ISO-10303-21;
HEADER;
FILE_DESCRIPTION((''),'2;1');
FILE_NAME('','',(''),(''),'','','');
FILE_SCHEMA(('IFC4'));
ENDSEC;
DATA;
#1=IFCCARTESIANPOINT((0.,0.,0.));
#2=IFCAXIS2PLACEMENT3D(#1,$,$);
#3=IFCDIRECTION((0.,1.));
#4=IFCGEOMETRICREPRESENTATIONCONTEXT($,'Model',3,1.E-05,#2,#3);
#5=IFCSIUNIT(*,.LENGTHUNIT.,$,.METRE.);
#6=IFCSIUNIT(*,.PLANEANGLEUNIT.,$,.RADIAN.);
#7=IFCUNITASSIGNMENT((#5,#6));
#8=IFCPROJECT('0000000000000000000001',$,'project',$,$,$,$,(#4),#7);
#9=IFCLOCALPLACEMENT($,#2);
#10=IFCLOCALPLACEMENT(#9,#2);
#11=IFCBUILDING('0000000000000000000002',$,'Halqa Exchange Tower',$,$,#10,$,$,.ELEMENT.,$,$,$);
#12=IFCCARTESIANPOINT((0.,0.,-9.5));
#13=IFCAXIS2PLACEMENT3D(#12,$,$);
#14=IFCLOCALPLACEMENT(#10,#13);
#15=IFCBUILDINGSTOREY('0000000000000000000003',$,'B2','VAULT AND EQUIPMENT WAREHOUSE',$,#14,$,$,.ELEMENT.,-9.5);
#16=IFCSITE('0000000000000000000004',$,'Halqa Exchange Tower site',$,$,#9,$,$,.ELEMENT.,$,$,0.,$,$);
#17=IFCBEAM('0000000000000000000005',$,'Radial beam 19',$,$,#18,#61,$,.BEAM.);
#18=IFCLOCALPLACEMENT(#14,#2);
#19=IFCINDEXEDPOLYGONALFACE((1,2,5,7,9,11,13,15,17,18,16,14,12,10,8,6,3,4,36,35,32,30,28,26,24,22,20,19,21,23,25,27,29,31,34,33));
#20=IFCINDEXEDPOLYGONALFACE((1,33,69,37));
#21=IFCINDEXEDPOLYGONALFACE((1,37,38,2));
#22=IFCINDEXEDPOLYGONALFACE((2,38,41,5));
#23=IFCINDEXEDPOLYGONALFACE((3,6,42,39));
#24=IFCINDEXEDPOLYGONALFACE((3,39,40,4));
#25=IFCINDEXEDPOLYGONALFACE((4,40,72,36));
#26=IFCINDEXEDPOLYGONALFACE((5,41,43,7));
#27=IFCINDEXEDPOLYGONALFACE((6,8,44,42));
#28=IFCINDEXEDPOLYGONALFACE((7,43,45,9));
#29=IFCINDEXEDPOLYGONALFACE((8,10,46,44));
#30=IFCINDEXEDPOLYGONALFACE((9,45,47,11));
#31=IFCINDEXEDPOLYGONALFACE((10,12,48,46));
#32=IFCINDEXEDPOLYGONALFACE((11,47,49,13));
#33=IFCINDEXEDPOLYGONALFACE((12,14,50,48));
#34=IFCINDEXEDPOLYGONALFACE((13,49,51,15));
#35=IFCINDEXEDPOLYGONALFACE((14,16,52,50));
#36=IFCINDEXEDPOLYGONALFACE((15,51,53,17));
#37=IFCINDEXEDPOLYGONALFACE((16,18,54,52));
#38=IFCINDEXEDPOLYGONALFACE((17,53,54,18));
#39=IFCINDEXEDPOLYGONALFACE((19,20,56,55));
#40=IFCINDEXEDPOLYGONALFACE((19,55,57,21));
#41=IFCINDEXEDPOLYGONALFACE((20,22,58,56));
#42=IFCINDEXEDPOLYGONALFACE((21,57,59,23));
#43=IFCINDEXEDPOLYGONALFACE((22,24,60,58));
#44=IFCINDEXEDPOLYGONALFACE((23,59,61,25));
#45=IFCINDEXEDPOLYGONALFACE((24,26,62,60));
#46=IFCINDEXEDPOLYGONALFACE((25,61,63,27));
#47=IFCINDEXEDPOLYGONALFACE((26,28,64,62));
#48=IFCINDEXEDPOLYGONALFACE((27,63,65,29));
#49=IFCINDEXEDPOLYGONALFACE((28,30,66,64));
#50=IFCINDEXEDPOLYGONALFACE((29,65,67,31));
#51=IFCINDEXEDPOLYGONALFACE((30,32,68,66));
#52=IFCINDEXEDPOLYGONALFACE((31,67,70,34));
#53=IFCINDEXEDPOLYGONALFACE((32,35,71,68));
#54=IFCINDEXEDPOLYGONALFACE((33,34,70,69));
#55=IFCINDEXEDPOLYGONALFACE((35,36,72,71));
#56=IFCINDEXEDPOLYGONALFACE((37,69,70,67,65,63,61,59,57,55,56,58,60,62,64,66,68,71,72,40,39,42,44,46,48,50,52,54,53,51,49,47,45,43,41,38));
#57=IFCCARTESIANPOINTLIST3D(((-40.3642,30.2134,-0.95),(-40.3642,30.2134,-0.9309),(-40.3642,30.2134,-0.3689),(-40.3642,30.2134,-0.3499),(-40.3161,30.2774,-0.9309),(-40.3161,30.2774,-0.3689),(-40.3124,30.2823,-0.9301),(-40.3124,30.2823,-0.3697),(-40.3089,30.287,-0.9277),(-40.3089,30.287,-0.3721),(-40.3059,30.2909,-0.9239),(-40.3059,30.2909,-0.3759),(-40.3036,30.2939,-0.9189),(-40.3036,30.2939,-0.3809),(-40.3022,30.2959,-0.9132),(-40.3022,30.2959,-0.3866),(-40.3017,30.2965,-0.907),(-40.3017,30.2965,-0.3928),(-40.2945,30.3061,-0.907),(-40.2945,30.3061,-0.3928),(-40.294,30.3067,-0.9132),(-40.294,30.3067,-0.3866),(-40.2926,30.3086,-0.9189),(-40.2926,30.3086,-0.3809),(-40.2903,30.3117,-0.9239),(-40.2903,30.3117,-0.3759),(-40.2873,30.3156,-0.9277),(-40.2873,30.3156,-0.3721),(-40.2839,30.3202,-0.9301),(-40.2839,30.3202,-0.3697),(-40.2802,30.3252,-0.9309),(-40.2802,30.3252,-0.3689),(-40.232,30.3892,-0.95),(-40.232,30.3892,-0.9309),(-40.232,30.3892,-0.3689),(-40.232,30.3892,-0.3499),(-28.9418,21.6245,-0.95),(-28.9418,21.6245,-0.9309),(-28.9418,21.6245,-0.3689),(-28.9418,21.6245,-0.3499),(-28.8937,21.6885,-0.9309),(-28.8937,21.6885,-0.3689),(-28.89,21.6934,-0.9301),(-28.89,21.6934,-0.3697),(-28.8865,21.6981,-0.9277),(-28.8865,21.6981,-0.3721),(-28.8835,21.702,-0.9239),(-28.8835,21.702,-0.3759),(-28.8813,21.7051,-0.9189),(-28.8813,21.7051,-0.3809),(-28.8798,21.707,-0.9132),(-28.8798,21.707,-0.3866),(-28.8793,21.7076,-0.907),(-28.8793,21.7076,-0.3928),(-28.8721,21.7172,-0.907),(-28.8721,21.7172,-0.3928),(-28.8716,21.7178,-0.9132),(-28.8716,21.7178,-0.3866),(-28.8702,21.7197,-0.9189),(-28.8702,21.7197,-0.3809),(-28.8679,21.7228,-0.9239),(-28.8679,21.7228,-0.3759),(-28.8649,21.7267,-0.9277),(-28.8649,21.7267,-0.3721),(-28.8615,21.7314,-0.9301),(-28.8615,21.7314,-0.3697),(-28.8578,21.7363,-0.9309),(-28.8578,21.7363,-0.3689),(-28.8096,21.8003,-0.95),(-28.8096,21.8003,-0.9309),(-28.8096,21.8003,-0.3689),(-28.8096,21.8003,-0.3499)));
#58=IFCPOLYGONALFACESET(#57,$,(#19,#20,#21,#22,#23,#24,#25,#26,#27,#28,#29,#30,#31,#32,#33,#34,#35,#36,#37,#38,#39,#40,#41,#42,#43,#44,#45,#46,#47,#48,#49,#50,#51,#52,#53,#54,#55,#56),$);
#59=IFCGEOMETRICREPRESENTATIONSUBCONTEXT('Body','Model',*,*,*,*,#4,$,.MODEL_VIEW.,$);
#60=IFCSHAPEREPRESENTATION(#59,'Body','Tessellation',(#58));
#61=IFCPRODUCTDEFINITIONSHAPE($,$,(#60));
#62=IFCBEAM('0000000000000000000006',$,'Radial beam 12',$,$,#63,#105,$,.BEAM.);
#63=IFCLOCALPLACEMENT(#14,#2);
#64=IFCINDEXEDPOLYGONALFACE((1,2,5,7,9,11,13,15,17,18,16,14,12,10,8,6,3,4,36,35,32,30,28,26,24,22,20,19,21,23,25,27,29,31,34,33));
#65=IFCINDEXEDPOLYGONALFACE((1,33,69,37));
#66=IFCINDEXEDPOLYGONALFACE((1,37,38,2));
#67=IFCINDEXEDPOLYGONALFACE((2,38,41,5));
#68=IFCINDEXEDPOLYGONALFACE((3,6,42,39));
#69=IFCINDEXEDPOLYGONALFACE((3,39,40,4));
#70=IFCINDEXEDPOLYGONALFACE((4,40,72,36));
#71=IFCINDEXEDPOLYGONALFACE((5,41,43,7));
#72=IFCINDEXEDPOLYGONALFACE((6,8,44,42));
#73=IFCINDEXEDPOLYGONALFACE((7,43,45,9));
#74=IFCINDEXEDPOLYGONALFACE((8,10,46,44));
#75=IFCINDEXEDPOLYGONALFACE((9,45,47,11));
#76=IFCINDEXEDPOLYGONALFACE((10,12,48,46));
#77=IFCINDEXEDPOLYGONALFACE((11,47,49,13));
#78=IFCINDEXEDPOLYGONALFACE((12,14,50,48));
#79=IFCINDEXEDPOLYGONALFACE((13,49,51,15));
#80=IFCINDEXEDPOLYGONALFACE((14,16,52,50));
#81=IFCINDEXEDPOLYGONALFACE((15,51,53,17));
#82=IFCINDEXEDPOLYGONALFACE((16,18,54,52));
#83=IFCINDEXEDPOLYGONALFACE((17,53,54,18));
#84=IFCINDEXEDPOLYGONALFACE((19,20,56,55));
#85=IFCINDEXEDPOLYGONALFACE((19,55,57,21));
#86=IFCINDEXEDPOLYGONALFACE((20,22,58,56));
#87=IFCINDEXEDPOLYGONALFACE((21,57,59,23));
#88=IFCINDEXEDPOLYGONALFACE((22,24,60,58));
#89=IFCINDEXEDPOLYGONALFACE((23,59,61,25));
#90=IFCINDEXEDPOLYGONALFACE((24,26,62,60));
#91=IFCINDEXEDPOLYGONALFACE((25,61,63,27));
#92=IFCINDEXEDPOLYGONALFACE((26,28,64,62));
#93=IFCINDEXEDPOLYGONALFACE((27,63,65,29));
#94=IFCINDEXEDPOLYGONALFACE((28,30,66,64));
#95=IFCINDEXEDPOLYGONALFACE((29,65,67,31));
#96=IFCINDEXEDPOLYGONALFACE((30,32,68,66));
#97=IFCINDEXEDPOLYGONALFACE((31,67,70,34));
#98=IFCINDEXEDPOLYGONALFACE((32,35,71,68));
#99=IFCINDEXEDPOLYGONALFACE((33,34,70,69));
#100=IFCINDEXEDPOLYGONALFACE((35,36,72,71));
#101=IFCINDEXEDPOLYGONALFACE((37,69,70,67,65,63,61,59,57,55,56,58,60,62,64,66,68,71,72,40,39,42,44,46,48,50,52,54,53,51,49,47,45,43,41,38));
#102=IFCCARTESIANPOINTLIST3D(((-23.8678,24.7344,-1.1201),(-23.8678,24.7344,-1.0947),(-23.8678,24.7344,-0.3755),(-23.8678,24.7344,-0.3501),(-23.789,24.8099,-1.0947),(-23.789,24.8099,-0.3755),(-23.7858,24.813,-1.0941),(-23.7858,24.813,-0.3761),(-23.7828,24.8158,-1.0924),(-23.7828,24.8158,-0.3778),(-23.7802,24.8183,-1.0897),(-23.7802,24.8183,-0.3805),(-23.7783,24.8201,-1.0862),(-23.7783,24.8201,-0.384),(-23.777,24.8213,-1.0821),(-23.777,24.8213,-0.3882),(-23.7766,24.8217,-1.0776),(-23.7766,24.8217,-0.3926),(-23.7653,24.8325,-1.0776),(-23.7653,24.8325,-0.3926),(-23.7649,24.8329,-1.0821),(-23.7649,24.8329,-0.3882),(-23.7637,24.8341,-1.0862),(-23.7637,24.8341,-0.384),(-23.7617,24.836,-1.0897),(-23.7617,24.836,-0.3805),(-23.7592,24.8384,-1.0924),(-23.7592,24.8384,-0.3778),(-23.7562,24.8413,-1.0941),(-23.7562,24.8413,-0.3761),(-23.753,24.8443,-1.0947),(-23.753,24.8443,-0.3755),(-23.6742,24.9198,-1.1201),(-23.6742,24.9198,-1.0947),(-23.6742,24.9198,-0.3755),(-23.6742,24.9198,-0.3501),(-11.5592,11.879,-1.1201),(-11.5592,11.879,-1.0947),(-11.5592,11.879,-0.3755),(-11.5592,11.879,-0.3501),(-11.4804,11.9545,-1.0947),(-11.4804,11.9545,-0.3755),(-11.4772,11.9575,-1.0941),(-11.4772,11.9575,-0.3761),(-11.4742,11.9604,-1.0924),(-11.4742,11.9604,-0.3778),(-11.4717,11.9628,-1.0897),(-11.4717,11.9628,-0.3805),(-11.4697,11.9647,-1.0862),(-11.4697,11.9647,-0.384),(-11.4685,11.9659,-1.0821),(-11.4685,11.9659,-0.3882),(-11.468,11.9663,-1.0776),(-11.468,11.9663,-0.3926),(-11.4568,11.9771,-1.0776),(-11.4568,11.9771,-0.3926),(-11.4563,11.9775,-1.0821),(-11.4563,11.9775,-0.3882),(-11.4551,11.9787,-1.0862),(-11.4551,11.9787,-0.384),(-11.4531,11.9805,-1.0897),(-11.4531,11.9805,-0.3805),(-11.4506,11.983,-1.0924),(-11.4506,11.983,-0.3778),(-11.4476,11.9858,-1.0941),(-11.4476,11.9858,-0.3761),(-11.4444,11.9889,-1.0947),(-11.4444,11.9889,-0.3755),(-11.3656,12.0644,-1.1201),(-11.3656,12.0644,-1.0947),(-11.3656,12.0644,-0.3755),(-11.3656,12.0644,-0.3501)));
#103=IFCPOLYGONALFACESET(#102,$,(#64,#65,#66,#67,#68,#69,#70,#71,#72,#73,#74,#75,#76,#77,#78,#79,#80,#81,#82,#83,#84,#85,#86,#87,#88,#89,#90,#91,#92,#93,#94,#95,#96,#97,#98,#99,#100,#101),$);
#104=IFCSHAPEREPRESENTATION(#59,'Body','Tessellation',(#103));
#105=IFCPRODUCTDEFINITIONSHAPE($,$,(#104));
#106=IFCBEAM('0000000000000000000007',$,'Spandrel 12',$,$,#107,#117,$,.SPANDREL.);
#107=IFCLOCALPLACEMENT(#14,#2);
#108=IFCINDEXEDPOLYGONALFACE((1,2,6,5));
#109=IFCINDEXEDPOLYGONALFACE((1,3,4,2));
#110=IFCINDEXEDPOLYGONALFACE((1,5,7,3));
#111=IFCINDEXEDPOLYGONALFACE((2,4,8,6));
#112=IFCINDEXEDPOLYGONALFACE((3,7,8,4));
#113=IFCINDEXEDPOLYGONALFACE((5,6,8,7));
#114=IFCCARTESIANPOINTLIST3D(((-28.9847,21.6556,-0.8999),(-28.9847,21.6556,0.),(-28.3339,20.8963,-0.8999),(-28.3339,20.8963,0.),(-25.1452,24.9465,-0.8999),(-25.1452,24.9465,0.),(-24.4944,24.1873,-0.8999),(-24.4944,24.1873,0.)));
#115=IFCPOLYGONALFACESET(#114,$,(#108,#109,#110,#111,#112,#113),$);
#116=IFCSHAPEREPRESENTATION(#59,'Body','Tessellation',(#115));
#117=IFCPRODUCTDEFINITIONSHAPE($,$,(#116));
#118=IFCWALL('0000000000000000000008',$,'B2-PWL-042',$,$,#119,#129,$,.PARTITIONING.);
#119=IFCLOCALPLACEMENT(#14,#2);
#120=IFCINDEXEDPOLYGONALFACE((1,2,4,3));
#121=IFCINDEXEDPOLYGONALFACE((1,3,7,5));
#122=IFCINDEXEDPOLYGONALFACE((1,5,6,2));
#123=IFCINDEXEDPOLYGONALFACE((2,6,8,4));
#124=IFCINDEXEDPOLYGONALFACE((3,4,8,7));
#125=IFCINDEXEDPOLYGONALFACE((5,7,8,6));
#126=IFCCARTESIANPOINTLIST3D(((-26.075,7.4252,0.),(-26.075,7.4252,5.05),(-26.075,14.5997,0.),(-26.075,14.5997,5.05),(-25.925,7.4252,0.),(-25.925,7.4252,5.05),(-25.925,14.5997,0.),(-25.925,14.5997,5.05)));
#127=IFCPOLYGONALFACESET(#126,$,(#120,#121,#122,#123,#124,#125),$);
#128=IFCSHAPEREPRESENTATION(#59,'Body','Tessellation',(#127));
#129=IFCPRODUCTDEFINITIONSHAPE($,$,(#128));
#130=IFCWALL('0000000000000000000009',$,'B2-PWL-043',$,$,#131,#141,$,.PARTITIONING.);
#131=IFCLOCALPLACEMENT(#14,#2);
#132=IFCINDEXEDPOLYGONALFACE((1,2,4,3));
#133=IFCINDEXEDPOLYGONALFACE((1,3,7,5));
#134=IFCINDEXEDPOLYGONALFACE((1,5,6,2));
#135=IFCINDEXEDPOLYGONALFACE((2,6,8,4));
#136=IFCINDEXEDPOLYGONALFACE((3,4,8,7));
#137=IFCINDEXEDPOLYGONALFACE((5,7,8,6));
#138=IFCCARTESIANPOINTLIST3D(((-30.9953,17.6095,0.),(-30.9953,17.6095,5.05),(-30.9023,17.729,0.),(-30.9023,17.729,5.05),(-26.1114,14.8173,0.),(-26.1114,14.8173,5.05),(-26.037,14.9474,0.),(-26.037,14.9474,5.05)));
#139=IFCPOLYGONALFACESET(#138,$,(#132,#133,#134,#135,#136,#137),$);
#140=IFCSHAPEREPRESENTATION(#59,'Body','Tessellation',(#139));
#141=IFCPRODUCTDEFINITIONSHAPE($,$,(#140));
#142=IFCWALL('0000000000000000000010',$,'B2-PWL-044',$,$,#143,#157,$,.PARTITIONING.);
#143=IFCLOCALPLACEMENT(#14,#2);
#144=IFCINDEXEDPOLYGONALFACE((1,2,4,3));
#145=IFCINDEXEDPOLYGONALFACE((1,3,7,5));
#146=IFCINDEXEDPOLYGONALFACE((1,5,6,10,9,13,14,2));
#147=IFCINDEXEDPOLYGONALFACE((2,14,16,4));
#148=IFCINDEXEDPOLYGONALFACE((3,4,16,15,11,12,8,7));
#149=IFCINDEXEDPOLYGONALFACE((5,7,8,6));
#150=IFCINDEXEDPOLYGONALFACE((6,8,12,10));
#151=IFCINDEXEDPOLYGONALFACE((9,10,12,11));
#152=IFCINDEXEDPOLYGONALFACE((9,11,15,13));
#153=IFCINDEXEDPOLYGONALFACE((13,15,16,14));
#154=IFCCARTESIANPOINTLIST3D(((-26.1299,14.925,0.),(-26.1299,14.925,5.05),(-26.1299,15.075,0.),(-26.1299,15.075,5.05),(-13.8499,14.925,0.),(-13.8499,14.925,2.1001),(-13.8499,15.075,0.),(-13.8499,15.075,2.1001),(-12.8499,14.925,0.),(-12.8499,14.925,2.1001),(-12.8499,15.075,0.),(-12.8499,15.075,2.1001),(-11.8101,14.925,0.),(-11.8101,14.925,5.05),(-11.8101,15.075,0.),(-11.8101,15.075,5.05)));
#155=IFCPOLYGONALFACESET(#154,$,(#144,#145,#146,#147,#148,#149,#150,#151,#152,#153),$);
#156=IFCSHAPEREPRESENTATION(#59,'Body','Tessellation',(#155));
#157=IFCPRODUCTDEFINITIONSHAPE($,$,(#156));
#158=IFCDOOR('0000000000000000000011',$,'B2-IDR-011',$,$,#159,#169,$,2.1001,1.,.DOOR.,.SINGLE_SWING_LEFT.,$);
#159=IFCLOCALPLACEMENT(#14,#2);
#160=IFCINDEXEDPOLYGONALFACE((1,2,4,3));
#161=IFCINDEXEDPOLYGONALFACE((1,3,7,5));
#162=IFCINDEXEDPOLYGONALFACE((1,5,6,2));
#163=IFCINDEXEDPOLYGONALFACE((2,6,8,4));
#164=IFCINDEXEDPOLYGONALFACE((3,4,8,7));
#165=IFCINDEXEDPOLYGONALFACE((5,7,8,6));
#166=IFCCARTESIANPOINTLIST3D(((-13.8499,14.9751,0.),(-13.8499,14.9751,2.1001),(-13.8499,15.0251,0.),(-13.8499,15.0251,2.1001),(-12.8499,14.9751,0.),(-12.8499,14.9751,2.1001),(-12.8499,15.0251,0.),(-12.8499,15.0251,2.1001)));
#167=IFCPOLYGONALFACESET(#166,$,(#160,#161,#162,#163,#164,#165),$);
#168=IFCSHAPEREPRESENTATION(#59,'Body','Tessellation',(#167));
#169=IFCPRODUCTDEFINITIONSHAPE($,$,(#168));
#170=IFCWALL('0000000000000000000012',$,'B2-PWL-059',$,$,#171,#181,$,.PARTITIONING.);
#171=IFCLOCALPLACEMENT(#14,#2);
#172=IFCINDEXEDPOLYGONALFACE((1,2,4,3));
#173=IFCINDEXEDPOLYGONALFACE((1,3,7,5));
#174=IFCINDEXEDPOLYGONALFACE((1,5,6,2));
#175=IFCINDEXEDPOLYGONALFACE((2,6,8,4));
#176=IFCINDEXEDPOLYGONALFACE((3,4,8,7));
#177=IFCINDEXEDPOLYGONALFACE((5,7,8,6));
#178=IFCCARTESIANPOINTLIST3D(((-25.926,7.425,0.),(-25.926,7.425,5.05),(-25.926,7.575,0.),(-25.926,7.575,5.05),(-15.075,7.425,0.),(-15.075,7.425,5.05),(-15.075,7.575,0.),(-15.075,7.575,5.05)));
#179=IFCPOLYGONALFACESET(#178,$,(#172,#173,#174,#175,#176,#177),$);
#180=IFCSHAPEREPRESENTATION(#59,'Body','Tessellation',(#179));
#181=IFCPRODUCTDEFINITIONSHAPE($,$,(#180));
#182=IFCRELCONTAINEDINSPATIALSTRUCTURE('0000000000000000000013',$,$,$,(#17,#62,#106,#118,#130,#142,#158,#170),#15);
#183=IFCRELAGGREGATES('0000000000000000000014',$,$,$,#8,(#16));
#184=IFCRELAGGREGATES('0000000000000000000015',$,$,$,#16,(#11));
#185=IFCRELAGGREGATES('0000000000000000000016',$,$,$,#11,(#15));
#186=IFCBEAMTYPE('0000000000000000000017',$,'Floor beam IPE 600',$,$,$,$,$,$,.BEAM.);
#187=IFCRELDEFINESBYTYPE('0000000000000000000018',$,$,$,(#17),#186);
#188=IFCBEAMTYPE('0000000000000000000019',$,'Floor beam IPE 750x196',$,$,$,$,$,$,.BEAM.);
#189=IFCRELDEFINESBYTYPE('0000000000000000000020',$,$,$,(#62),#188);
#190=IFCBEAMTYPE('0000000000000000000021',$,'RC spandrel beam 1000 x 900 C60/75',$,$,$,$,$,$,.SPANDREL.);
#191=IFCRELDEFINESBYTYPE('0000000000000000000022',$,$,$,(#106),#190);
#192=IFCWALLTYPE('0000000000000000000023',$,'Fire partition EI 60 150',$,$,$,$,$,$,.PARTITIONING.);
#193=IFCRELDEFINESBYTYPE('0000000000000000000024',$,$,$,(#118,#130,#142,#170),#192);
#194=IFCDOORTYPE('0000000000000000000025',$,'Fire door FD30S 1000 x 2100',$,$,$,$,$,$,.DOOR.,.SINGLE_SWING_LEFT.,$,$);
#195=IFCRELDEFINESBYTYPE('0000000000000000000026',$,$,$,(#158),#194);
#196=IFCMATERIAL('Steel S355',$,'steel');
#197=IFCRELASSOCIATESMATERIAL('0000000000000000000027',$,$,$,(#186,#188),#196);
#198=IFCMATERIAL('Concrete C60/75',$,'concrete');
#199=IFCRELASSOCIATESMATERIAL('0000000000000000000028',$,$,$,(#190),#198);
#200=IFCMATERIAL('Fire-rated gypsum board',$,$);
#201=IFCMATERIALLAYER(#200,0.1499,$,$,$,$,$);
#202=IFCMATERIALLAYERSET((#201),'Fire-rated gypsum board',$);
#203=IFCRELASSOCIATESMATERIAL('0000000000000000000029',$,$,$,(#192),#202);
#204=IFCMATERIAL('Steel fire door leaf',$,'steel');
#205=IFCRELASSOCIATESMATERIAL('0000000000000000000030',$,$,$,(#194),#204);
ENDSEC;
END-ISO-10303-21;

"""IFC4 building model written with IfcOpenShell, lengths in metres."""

from ifc_helpers import new_model, si_unit, direction, frame, frame_2d, origin, origin_2d, place, context, subcontext, project, spatial, polyline, rectangle, i_section, outline, extrude, material, layer, layer_set, material_profile, profile_set, type_object, element, fill, save


model = new_model("IFC4")

# Units and contexts
model_context = context("Model", 3, precision=1e-05, world=origin(), true_north=direction((0.0, 1.0)))
body_context = subcontext(model_context, "Body", "Model", "MODEL_VIEW")
ifc_project = project(units=[si_unit("LENGTHUNIT", "METRE"), si_unit("PLANEANGLEUNIT", "RADIAN")], contexts=[model_context])

# Site, building, storey
site_placement = place(None, origin())
site = spatial("IfcSite", under=ifc_project, at=site_placement, Name="Halqa Exchange Tower site", CompositionType="ELEMENT", RefElevation=0.0)
building_placement = place(site_placement, origin())
building = spatial("IfcBuilding", under=site, at=building_placement, Name="Halqa Exchange Tower", CompositionType="ELEMENT")
storey_placement = place(building_placement, frame((0.0, 0.0, -9.5)))
storey = spatial("IfcBuildingStorey", under=building, at=storey_placement, Name="B2", Description="VAULT AND EQUIPMENT WAREHOUSE", CompositionType="ELEMENT", Elevation=-9.5)

# Beams
ifc_material_1 = material(Name="Steel S355", Category="steel")
ifc_material_profile_1 = material_profile(ifc_material_1, i_section(OverallWidth=0.22, OverallDepth=0.6001, WebThickness=0.012, FlangeThickness=0.019, FilletRadius=0.0239, at=origin_2d()), Name="IPE 600")
ifc_profile_set_1 = profile_set([ifc_material_profile_1], Name="Steel S355")
beam_type_1 = type_object("IfcBeamType", Name="Floor beam IPE 600", PredefinedType="BEAM", material=ifc_profile_set_1)
beam_1_placement = place(storey_placement, frame((-28.8757, 21.7124, -0.6499), z_axis=(-0.799257, 0.600989, 0.0), x_axis=(-0.600989, -0.799257, 0.0)))
element("IfcBeam", 1, at=beam_1_placement, inside=storey, type_object=beam_type_1, Name="Radial beam 19", PredefinedType="BEAM", context=body_context, shape_type="SweptSolid", body=[
    extrude(i_section(OverallWidth=0.22, OverallDepth=0.6001, WebThickness=0.012, FlangeThickness=0.019, FilletRadius=0.0239, at=origin_2d()), origin(), (0.0, 0.0, 1.0), 14.2913),
])
ifc_material_profile_2 = material_profile(ifc_material_1, i_section(OverallWidth=0.2681, OverallDepth=0.77, WebThickness=0.0156, FlangeThickness=0.0254, FilletRadius=0.0171, at=origin_2d()), Name="IPE 750x196")
ifc_profile_set_2 = profile_set([ifc_material_profile_2], Name="Steel S355")
beam_type_2 = type_object("IfcBeamType", Name="Floor beam IPE 750x196", PredefinedType="BEAM", material=ifc_profile_set_2)
beam_2_placement = place(storey_placement, frame((-11.4624, 11.9717, -0.7351), z_axis=(-0.691576, 0.722303, 0.0), x_axis=(-0.722303, -0.691576, 0.0)))
element("IfcBeam", 2, at=beam_2_placement, inside=storey, type_object=beam_type_2, Name="Radial beam 12", PredefinedType="BEAM", context=body_context, shape_type="SweptSolid", body=[
    extrude(i_section(OverallWidth=0.2681, OverallDepth=0.77, WebThickness=0.0156, FlangeThickness=0.0254, FilletRadius=0.0171, at=origin_2d()), origin(), (0.0, 0.0, 1.0), 17.7979),
])
ifc_material_2 = material(Name="Concrete C60/75", Category="concrete")
ifc_material_profile_3 = material_profile(ifc_material_2, rectangle(XDim=1.0, YDim=0.8999, at=origin_2d()), Name="1000 x 900")
ifc_profile_set_3 = profile_set([ifc_material_profile_3], Name="Concrete C60/75")
beam_type_3 = type_object("IfcBeamType", Name="RC spandrel beam 1000 x 900 C60/75", PredefinedType="SPANDREL", material=ifc_profile_set_3)
beam_3_placement = place(storey_placement, frame((-24.8198, 24.5669, -0.45), z_axis=(-0.759263, -0.650783, 0.0), x_axis=(0.650783, -0.759263, 0.0)))
element("IfcBeam", 3, at=beam_3_placement, inside=storey, type_object=beam_type_3, Name="Spandrel 12", PredefinedType="SPANDREL", context=body_context, shape_type="SweptSolid", body=[
    extrude(rectangle(XDim=1.0, YDim=0.8999, at=origin_2d()), origin(), (0.0, 0.0, 1.0), 5.0569),
])

# Walls
ifc_material_3 = material(Name="Fire-rated gypsum board")
ifc_layer_1 = layer(ifc_material_3, 0.1499)
ifc_layer_set_1 = layer_set([ifc_layer_1], Name="Fire-rated gypsum board")
wall_type_1 = type_object("IfcWallType", Name="Fire partition EI 60 150", PredefinedType="PARTITIONING", material=ifc_layer_set_1)
wall_1_placement = place(storey_placement, frame((-26.0, 7.425, 0.0), z_axis=(0.0, 0.0, 1.0), x_axis=(0.0, 1.0, 0.0)))
element("IfcWall", 4, at=wall_1_placement, inside=storey, type_object=wall_type_1, Name="B2-PWL-042", PredefinedType="PARTITIONING", context=body_context, shape_type="SweptSolid", body=[
    extrude(rectangle(XDim=7.1746, YDim=0.1499, at=frame_2d((3.5874, 0.0))), origin(), (0.0, 0.0, 1.0), 5.05),
])
wall_2_placement = place(storey_placement, frame((-26.0742, 14.8823, 0.0), z_axis=(0.0, 0.0, 1.0), x_axis=(-0.868133, 0.496331, 0.0)))
element("IfcWall", 5, at=wall_2_placement, inside=storey, type_object=wall_type_1, Name="B2-PWL-043", PredefinedType="PARTITIONING", context=body_context, shape_type="SweptSolid", body=[
    extrude(outline(polyline([(0.0, -0.075), (5.6042, -0.075), (5.6257, 0.075), (0.0, 0.075), (0.0, -0.075)])), origin(), (0.0, 0.0, 1.0), 5.05),
])

# Wall, opening, door
wall_3_placement = place(storey_placement, frame((-26.1299, 15.0, 0.0), z_axis=(0.0, 0.0, 1.0), x_axis=(1.0, 0.0, 0.0)))
wall_3 = element("IfcWall", 6, at=wall_3_placement, inside=storey, type_object=wall_type_1, Name="B2-PWL-044", PredefinedType="PARTITIONING", context=body_context, shape_type="SweptSolid", body=[
    extrude(rectangle(XDim=14.3198, YDim=0.1499, at=frame_2d((7.1599, 0.0))), origin(), (0.0, 0.0, 1.0), 5.05),
])
opening_1_placement = place(wall_3_placement, frame((12.28, 0.0, 0.0)))
opening_1 = element("IfcOpeningElement", 7, at=opening_1_placement, cuts=wall_3, PredefinedType="OPENING", context=body_context, shape_type="SweptSolid", body=[
    extrude(rectangle(XDim=1.0, YDim=2.1001, at=frame_2d((0.5, 1.05))), frame((0.0, 0.0869, 0.0), z_axis=(0.0, -1.0, 0.0), x_axis=(1.0, 0.0, 0.0)), (0.0, 0.0, 1.0), 0.1738),
])
ifc_material_4 = material(Name="Steel fire door leaf", Category="steel")
door_type_1 = type_object("IfcDoorType", Name="Fire door FD30S 1000 x 2100", OperationType="SINGLE_SWING_LEFT", PredefinedType="DOOR", material=ifc_material_4)
door_1_placement = place(opening_1_placement, frame((1.0, 0.0, 0.0), z_axis=(0.0, 0.0, 1.0), x_axis=(-1.0, 0.0, 0.0)))
door_1 = element("IfcDoor", 8, at=door_1_placement, inside=storey, type_object=door_type_1, Name="B2-IDR-011", OperationType="SINGLE_SWING_LEFT", OverallHeight=2.1001, OverallWidth=1.0, PredefinedType="DOOR", context=body_context, shape_type="SweptSolid", body=[
    extrude(rectangle(XDim=1.0, YDim=2.1001, at=frame_2d((0.5, 1.05))), frame((0.0, 0.0249, 0.0), z_axis=(0.0, -1.0, 0.0), x_axis=(1.0, 0.0, 0.0)), (0.0, 0.0, 1.0), 0.05),
])
fill(opening_1, door_1)

# Wall
wall_4_placement = place(storey_placement, frame((-15.075, 7.5, 0.0), z_axis=(0.0, 0.0, 1.0), x_axis=(-1.0, 0.0, 0.0)))
element("IfcWall", 9, at=wall_4_placement, inside=storey, type_object=wall_type_1, Name="B2-PWL-059", PredefinedType="PARTITIONING", context=body_context, shape_type="SweptSolid", body=[
    extrude(rectangle(XDim=10.8511, YDim=0.1499, at=frame_2d((5.4255, 0.0))), origin(), (0.0, 0.0, 1.0), 5.05),
])

save(model, "model.ifc")
